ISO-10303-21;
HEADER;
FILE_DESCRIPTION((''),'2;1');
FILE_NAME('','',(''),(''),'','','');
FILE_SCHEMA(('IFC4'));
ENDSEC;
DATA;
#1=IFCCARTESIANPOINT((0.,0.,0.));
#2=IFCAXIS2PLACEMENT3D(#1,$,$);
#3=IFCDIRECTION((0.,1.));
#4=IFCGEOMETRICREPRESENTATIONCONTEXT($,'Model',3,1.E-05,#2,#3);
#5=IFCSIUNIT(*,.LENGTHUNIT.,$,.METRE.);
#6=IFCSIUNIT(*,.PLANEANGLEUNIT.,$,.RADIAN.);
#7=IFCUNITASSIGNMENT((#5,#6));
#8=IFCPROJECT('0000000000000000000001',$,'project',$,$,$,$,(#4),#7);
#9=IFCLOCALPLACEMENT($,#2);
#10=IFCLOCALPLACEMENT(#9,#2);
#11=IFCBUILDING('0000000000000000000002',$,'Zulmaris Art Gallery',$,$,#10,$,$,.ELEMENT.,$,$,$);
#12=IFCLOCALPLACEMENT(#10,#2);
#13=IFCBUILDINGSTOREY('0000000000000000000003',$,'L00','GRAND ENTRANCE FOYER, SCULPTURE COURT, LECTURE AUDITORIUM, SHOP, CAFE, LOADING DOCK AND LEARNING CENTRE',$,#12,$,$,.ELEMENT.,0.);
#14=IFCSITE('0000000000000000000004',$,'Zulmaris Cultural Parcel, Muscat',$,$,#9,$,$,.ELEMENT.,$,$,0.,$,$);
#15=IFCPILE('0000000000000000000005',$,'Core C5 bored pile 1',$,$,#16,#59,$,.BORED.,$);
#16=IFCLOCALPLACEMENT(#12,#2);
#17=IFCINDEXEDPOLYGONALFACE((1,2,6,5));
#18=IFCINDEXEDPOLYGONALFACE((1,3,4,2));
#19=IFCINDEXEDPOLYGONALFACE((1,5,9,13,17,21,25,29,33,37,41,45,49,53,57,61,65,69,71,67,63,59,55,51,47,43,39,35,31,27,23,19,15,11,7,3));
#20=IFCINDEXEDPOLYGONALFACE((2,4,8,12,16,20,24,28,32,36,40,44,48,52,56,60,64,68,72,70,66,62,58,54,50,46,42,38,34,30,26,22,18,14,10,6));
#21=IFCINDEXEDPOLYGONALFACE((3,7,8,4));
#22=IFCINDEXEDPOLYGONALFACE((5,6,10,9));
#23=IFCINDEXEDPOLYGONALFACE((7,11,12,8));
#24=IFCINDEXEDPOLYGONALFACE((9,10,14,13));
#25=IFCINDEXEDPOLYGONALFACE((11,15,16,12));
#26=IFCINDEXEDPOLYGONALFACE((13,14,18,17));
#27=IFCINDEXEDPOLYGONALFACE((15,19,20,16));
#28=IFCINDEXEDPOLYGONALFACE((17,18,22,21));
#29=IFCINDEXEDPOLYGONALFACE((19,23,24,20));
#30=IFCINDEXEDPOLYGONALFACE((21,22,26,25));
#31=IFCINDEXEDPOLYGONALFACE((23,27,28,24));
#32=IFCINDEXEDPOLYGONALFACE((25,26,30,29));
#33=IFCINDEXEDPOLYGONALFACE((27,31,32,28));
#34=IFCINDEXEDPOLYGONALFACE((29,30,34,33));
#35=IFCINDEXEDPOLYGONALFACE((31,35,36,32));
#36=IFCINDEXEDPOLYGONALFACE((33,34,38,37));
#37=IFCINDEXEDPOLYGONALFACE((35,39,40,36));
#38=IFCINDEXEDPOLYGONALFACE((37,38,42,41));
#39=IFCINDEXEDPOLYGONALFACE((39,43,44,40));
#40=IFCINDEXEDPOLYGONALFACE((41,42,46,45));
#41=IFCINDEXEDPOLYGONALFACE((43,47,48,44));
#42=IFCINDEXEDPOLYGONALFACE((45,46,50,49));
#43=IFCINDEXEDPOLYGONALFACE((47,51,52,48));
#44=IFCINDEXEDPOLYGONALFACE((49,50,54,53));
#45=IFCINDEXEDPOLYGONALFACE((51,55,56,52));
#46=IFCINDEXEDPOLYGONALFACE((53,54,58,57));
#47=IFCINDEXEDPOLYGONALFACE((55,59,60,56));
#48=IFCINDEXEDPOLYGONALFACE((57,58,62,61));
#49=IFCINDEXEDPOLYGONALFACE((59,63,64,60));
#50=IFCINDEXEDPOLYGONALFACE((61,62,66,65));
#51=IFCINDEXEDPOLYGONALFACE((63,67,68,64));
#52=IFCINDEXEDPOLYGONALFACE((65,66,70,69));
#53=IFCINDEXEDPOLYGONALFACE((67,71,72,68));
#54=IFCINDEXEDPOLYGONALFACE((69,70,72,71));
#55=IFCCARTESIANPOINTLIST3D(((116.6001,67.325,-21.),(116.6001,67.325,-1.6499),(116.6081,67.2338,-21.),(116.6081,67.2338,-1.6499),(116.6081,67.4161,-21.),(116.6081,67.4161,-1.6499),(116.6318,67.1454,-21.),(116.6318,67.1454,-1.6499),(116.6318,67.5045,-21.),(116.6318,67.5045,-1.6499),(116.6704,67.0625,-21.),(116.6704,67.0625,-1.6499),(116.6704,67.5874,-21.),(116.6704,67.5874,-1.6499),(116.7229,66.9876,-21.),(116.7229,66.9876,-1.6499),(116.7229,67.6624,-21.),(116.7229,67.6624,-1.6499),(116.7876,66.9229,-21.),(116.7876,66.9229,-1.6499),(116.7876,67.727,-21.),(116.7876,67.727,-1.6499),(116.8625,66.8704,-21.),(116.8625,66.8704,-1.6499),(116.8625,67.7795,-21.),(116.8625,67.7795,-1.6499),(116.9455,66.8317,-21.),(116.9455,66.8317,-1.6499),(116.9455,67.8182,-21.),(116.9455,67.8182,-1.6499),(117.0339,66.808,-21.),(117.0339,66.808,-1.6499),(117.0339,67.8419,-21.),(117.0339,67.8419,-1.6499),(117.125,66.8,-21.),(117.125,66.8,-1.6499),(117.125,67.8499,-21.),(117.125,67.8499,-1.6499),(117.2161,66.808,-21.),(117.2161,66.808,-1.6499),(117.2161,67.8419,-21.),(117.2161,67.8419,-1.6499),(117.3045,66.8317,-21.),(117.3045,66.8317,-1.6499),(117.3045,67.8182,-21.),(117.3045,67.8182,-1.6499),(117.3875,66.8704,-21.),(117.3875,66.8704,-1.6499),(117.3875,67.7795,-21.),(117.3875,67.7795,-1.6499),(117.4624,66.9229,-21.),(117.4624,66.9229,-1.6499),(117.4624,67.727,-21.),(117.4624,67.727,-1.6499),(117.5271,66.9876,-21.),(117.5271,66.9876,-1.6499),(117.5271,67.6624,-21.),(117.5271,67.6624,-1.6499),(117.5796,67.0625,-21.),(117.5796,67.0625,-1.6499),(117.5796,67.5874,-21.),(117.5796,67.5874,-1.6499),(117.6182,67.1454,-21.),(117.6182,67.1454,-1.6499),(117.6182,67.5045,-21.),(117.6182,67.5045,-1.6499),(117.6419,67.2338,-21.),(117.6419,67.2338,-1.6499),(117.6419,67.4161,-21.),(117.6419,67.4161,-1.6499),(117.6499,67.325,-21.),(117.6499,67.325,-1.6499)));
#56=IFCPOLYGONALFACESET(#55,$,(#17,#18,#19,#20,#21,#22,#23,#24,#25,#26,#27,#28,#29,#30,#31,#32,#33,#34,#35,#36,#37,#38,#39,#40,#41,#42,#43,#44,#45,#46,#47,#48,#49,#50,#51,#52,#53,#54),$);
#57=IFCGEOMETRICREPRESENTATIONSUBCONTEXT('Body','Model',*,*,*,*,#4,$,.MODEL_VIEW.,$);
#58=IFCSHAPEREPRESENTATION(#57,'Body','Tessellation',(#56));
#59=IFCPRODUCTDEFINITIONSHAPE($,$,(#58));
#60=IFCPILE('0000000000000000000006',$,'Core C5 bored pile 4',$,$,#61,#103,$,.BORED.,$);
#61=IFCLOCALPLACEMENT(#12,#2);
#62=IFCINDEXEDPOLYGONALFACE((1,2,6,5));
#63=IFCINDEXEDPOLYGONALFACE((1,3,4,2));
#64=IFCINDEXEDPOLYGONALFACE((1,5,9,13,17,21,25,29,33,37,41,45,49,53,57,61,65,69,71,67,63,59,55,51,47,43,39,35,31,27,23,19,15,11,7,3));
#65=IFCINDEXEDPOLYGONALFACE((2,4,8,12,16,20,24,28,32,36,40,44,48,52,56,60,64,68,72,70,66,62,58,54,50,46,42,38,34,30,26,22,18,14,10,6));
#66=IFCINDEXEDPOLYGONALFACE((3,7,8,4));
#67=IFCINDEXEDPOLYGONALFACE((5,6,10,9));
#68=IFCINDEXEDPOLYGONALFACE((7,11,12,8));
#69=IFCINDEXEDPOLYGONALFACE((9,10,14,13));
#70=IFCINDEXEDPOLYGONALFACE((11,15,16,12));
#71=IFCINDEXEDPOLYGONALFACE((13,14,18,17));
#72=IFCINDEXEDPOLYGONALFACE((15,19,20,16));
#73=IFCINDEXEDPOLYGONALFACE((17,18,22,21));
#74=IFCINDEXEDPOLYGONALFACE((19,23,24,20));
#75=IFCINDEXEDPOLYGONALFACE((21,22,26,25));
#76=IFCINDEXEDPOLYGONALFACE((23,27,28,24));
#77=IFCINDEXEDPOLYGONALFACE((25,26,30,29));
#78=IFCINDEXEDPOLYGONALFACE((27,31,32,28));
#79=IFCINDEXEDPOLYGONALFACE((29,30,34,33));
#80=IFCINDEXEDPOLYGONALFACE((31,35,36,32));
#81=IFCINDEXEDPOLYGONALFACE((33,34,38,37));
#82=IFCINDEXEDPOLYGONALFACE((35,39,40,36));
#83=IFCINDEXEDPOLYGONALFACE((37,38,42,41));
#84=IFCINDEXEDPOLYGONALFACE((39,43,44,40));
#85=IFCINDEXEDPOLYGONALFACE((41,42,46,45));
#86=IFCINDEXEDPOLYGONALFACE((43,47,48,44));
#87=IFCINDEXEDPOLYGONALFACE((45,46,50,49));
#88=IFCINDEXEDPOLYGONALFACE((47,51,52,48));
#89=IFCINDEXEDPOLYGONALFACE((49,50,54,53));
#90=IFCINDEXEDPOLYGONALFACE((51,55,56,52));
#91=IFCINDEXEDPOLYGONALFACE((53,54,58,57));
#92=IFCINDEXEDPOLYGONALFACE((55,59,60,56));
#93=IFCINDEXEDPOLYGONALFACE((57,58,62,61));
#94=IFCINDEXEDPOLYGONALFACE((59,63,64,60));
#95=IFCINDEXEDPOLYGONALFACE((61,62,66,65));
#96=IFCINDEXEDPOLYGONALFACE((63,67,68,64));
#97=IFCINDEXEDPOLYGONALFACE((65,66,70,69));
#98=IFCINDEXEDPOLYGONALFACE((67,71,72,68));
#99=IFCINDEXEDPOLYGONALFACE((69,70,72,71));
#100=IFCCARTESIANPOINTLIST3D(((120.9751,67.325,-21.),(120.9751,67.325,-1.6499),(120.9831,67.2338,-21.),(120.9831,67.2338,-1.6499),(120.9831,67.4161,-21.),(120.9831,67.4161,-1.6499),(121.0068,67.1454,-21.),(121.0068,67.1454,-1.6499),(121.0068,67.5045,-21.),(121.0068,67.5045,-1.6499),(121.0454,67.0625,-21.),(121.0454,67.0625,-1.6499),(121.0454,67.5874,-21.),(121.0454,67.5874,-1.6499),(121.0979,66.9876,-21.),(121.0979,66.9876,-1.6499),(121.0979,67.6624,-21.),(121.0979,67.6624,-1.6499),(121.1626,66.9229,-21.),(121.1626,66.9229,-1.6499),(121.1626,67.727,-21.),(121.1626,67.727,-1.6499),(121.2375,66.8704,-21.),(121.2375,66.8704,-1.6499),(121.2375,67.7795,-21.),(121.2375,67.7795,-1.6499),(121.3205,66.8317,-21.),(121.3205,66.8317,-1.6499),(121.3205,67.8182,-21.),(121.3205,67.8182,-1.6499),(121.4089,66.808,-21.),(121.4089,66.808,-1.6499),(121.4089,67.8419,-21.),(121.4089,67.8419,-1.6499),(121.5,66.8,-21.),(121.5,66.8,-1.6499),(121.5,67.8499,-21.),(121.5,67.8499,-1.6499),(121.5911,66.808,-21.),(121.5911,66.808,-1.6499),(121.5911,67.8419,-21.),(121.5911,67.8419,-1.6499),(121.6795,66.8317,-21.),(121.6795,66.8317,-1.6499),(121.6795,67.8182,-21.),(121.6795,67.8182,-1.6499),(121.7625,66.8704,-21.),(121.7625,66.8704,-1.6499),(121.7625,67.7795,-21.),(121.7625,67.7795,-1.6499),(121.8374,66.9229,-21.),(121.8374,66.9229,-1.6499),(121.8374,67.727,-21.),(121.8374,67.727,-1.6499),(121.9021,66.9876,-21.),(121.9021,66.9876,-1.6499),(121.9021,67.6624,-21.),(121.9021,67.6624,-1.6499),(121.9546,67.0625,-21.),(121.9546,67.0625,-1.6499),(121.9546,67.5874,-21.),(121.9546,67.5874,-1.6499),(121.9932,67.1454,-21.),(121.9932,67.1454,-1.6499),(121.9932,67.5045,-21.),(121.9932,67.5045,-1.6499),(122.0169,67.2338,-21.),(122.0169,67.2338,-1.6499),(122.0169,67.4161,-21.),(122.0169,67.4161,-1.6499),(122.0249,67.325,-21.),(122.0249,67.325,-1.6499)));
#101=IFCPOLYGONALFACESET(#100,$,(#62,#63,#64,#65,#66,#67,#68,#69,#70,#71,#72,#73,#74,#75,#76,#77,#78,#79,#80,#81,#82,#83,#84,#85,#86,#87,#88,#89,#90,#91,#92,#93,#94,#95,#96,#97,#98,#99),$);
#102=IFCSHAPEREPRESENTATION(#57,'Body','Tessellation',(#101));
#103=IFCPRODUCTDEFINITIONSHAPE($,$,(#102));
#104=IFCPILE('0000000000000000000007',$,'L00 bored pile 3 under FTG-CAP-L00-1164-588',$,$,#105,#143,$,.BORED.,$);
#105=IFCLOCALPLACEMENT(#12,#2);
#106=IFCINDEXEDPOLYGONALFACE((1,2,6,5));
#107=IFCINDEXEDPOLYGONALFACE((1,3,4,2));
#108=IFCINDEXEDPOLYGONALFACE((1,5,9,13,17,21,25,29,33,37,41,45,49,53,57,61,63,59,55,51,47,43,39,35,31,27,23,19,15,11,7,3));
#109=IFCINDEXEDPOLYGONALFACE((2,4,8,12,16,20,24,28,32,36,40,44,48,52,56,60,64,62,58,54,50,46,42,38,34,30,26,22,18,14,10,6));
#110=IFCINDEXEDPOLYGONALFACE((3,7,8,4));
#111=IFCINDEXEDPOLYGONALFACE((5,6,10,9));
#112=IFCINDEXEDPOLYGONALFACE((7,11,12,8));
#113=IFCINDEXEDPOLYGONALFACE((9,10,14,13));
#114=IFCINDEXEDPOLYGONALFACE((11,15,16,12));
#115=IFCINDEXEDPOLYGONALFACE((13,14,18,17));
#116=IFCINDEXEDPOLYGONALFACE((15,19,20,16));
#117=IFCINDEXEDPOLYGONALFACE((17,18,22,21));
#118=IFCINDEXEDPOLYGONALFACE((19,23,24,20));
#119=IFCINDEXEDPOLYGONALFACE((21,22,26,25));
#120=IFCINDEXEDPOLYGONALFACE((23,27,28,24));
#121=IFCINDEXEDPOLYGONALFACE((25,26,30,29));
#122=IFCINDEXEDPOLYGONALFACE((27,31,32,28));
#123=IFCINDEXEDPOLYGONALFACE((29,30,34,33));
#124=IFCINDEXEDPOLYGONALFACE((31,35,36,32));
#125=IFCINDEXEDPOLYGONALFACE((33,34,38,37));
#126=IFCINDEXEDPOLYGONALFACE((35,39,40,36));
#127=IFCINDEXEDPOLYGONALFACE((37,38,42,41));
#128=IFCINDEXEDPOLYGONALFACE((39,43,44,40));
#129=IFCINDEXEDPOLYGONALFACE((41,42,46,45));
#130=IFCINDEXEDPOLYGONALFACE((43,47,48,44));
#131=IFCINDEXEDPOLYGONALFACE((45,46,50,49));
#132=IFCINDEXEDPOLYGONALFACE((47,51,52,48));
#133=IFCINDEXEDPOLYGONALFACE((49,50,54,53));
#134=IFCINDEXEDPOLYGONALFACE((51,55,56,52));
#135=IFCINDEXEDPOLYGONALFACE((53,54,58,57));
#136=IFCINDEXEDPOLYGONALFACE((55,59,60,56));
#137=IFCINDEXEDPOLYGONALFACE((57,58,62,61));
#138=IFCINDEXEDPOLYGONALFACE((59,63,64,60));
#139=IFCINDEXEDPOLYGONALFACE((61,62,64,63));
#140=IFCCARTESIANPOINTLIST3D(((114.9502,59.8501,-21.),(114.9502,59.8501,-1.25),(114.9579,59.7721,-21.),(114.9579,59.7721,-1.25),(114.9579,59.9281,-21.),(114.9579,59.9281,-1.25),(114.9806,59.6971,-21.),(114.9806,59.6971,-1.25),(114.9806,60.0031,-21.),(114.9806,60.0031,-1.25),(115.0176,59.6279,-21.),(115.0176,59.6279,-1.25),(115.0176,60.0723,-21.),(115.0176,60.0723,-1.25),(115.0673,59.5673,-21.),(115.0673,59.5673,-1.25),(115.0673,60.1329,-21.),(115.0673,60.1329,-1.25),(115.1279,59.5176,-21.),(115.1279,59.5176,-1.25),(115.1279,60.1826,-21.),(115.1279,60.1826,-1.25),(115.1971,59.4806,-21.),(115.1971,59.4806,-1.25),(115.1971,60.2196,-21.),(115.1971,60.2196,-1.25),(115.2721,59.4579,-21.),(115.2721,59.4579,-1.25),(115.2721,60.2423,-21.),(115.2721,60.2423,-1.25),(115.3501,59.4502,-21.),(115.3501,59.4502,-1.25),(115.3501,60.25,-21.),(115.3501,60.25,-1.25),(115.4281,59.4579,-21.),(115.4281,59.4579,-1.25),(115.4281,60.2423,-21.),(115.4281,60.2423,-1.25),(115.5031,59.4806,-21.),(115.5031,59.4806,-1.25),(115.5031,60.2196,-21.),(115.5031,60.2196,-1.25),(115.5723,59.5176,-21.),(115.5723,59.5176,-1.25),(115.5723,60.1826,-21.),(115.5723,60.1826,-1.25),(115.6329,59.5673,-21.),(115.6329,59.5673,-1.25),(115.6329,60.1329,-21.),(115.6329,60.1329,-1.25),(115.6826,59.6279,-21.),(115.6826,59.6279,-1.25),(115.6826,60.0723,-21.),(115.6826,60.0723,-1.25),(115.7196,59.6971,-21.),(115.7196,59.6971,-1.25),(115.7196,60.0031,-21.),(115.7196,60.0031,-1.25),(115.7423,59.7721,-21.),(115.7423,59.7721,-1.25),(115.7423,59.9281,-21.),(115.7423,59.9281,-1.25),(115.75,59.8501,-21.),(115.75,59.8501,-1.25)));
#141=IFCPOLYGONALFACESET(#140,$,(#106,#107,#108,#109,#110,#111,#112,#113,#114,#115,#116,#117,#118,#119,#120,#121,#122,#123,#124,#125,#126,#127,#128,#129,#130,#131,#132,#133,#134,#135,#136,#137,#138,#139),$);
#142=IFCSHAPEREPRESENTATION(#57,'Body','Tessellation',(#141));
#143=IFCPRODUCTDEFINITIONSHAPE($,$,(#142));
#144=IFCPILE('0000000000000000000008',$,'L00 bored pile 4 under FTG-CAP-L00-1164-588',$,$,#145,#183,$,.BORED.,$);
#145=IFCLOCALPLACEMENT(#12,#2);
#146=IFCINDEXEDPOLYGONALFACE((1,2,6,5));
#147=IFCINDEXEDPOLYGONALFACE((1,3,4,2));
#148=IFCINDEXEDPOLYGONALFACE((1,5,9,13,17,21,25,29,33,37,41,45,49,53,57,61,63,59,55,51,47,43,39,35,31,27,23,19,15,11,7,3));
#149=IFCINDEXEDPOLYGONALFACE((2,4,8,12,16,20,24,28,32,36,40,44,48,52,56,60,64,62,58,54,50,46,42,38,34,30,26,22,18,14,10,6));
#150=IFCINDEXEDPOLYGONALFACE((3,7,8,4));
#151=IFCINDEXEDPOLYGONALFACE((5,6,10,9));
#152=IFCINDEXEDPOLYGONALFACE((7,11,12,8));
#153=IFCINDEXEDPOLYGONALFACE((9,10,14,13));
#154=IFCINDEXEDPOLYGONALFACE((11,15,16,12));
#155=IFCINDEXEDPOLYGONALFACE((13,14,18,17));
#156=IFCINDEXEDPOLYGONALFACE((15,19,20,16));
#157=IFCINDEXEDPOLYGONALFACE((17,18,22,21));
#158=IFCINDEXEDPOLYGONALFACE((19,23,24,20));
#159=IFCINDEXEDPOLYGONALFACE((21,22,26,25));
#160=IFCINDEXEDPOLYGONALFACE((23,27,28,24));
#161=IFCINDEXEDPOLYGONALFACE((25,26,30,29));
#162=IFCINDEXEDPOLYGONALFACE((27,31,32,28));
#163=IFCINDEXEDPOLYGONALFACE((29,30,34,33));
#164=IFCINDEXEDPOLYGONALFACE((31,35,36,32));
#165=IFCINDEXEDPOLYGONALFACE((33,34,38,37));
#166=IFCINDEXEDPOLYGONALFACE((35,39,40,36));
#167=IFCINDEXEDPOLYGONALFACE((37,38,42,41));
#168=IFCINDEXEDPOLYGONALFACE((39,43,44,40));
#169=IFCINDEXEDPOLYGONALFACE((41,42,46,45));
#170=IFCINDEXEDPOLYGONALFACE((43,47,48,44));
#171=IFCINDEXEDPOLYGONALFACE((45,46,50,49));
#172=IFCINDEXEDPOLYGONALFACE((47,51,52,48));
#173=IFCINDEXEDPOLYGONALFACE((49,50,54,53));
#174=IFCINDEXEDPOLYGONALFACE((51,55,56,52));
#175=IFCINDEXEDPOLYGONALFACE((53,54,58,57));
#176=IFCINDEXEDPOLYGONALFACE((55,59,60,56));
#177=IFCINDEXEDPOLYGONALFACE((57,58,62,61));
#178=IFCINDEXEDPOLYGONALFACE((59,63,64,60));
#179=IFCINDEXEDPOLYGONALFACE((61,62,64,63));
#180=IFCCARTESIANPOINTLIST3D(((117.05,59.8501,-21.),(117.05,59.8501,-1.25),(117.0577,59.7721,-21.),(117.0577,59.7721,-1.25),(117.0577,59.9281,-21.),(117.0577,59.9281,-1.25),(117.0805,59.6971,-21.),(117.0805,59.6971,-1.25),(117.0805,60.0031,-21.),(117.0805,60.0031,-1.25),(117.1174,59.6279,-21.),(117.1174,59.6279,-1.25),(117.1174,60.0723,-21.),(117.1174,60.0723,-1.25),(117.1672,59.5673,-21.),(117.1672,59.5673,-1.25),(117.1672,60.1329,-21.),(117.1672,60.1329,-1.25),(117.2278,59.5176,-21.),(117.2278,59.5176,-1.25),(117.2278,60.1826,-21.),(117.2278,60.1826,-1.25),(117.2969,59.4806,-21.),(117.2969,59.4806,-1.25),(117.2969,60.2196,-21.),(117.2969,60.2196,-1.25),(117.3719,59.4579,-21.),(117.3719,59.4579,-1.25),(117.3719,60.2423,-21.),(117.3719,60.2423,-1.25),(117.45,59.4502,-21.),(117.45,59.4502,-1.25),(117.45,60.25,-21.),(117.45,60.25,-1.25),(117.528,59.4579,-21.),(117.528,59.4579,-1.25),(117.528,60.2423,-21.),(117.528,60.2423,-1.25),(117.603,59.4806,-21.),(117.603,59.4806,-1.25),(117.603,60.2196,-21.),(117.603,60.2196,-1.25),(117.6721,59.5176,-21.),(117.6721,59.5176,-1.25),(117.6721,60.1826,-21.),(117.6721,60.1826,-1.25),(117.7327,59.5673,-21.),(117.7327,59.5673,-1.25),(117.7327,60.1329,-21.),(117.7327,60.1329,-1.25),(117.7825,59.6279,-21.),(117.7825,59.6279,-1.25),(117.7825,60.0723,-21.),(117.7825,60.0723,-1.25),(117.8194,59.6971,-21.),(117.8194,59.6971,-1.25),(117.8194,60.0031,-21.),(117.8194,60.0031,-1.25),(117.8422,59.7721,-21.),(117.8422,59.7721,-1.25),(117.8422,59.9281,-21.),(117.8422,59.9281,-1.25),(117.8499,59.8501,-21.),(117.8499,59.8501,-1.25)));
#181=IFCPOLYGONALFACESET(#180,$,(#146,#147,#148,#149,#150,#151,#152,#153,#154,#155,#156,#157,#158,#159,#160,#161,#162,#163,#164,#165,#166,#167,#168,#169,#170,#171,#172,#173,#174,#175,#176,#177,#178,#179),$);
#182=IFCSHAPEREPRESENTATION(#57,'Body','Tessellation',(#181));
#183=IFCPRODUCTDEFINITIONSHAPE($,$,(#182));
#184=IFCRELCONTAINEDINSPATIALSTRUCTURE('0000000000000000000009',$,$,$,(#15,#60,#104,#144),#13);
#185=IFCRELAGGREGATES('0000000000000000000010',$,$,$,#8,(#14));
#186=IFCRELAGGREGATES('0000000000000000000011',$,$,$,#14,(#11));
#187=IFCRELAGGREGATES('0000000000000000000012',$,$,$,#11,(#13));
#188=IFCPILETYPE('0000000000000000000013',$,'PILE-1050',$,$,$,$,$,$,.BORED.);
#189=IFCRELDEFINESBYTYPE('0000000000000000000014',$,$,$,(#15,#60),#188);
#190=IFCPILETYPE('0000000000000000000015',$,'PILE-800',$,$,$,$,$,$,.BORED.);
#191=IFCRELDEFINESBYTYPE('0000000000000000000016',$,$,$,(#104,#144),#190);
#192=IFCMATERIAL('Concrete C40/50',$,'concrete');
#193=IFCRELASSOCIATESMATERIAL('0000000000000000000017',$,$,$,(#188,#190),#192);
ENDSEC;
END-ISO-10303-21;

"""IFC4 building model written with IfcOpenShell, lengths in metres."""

from ifc_helpers import new_model, si_unit, direction, frame, origin, origin_2d, place, context, subcontext, project, spatial, circle, extrude, material, material_profile, profile_set, type_object, element, save


model = new_model("IFC4")

# Units and contexts
model_context = context("Model", 3, precision=1e-05, world=origin(), true_north=direction((0.0, 1.0)))
body_context = subcontext(model_context, "Body", "Model", "MODEL_VIEW")
ifc_project = project(units=[si_unit("LENGTHUNIT", "METRE"), si_unit("PLANEANGLEUNIT", "RADIAN")], contexts=[model_context])

# Site, building, storey
site_placement = place(None, origin())
site = spatial("IfcSite", under=ifc_project, at=site_placement, Name="Zulmaris Cultural Parcel, Muscat", CompositionType="ELEMENT", RefElevation=0.0)
building_placement = place(site_placement, origin())
building = spatial("IfcBuilding", under=site, at=building_placement, Name="Zulmaris Art Gallery", CompositionType="ELEMENT")
storey_placement = place(building_placement, origin())
storey = spatial("IfcBuildingStorey", under=building, at=storey_placement, Name="L00", Description="GRAND ENTRANCE FOYER, SCULPTURE COURT, LECTURE AUDITORIUM, SHOP, CAFE, LOADING DOCK AND LEARNING CENTRE", CompositionType="ELEMENT", Elevation=0.0)

# Piles
ifc_material_1 = material(Name="Concrete C40/50", Category="concrete")
ifc_material_profile_1 = material_profile(ifc_material_1, circle(Radius=0.5249, at=origin_2d()), Name="PILE DIA 1050")
ifc_profile_set_1 = profile_set([ifc_material_profile_1], Name="Concrete C40/50")
pile_type_1 = type_object("IfcPileType", Name="PILE-1050", PredefinedType="BORED", material=ifc_profile_set_1)
for number, where, z_axis, x_axis, name in (
    (1, (117.125, 67.325, -1.6499), (0.0, 0.0, -1.0), (1.0, 0.0, 0.0), "Core C5 bored pile 1"),
    (2, (121.5, 67.325, -1.6499), (0.0, 0.0, -1.0), (1.0, 0.0, 0.0), "Core C5 bored pile 4"),
):
    element("IfcPile", number, at=place(storey_placement, frame(where, z_axis=z_axis, x_axis=x_axis)), inside=storey, type_object=pile_type_1, Name=name, PredefinedType="BORED", context=body_context, shape_type="SweptSolid", body=[
        extrude(circle(Radius=0.5249, at=origin_2d()), origin(), (0.0, 0.0, 1.0), 19.3501),
    ])
ifc_material_profile_2 = material_profile(ifc_material_1, circle(Radius=0.3999, at=origin_2d()), Name="PILE DIA 800")
ifc_profile_set_2 = profile_set([ifc_material_profile_2], Name="Concrete C40/50")
pile_type_2 = type_object("IfcPileType", Name="PILE-800", PredefinedType="BORED", material=ifc_profile_set_2)
for number, where, z_axis, x_axis, name in (
    (3, (115.3501, 59.8501, -1.25), (0.0, 0.0, -1.0), (1.0, 0.0, 0.0), "L00 bored pile 3 under FTG-CAP-L00-1164-588"),
    (4, (117.45, 59.8501, -1.25), (0.0, 0.0, -1.0), (1.0, 0.0, 0.0), "L00 bored pile 4 under FTG-CAP-L00-1164-588"),
):
    element("IfcPile", number, at=place(storey_placement, frame(where, z_axis=z_axis, x_axis=x_axis)), inside=storey, type_object=pile_type_2, Name=name, PredefinedType="BORED", context=body_context, shape_type="SweptSolid", body=[
        extrude(circle(Radius=0.3999, at=origin_2d()), origin(), (0.0, 0.0, 1.0), 19.75),
    ])

save(model, "model.ifc")
